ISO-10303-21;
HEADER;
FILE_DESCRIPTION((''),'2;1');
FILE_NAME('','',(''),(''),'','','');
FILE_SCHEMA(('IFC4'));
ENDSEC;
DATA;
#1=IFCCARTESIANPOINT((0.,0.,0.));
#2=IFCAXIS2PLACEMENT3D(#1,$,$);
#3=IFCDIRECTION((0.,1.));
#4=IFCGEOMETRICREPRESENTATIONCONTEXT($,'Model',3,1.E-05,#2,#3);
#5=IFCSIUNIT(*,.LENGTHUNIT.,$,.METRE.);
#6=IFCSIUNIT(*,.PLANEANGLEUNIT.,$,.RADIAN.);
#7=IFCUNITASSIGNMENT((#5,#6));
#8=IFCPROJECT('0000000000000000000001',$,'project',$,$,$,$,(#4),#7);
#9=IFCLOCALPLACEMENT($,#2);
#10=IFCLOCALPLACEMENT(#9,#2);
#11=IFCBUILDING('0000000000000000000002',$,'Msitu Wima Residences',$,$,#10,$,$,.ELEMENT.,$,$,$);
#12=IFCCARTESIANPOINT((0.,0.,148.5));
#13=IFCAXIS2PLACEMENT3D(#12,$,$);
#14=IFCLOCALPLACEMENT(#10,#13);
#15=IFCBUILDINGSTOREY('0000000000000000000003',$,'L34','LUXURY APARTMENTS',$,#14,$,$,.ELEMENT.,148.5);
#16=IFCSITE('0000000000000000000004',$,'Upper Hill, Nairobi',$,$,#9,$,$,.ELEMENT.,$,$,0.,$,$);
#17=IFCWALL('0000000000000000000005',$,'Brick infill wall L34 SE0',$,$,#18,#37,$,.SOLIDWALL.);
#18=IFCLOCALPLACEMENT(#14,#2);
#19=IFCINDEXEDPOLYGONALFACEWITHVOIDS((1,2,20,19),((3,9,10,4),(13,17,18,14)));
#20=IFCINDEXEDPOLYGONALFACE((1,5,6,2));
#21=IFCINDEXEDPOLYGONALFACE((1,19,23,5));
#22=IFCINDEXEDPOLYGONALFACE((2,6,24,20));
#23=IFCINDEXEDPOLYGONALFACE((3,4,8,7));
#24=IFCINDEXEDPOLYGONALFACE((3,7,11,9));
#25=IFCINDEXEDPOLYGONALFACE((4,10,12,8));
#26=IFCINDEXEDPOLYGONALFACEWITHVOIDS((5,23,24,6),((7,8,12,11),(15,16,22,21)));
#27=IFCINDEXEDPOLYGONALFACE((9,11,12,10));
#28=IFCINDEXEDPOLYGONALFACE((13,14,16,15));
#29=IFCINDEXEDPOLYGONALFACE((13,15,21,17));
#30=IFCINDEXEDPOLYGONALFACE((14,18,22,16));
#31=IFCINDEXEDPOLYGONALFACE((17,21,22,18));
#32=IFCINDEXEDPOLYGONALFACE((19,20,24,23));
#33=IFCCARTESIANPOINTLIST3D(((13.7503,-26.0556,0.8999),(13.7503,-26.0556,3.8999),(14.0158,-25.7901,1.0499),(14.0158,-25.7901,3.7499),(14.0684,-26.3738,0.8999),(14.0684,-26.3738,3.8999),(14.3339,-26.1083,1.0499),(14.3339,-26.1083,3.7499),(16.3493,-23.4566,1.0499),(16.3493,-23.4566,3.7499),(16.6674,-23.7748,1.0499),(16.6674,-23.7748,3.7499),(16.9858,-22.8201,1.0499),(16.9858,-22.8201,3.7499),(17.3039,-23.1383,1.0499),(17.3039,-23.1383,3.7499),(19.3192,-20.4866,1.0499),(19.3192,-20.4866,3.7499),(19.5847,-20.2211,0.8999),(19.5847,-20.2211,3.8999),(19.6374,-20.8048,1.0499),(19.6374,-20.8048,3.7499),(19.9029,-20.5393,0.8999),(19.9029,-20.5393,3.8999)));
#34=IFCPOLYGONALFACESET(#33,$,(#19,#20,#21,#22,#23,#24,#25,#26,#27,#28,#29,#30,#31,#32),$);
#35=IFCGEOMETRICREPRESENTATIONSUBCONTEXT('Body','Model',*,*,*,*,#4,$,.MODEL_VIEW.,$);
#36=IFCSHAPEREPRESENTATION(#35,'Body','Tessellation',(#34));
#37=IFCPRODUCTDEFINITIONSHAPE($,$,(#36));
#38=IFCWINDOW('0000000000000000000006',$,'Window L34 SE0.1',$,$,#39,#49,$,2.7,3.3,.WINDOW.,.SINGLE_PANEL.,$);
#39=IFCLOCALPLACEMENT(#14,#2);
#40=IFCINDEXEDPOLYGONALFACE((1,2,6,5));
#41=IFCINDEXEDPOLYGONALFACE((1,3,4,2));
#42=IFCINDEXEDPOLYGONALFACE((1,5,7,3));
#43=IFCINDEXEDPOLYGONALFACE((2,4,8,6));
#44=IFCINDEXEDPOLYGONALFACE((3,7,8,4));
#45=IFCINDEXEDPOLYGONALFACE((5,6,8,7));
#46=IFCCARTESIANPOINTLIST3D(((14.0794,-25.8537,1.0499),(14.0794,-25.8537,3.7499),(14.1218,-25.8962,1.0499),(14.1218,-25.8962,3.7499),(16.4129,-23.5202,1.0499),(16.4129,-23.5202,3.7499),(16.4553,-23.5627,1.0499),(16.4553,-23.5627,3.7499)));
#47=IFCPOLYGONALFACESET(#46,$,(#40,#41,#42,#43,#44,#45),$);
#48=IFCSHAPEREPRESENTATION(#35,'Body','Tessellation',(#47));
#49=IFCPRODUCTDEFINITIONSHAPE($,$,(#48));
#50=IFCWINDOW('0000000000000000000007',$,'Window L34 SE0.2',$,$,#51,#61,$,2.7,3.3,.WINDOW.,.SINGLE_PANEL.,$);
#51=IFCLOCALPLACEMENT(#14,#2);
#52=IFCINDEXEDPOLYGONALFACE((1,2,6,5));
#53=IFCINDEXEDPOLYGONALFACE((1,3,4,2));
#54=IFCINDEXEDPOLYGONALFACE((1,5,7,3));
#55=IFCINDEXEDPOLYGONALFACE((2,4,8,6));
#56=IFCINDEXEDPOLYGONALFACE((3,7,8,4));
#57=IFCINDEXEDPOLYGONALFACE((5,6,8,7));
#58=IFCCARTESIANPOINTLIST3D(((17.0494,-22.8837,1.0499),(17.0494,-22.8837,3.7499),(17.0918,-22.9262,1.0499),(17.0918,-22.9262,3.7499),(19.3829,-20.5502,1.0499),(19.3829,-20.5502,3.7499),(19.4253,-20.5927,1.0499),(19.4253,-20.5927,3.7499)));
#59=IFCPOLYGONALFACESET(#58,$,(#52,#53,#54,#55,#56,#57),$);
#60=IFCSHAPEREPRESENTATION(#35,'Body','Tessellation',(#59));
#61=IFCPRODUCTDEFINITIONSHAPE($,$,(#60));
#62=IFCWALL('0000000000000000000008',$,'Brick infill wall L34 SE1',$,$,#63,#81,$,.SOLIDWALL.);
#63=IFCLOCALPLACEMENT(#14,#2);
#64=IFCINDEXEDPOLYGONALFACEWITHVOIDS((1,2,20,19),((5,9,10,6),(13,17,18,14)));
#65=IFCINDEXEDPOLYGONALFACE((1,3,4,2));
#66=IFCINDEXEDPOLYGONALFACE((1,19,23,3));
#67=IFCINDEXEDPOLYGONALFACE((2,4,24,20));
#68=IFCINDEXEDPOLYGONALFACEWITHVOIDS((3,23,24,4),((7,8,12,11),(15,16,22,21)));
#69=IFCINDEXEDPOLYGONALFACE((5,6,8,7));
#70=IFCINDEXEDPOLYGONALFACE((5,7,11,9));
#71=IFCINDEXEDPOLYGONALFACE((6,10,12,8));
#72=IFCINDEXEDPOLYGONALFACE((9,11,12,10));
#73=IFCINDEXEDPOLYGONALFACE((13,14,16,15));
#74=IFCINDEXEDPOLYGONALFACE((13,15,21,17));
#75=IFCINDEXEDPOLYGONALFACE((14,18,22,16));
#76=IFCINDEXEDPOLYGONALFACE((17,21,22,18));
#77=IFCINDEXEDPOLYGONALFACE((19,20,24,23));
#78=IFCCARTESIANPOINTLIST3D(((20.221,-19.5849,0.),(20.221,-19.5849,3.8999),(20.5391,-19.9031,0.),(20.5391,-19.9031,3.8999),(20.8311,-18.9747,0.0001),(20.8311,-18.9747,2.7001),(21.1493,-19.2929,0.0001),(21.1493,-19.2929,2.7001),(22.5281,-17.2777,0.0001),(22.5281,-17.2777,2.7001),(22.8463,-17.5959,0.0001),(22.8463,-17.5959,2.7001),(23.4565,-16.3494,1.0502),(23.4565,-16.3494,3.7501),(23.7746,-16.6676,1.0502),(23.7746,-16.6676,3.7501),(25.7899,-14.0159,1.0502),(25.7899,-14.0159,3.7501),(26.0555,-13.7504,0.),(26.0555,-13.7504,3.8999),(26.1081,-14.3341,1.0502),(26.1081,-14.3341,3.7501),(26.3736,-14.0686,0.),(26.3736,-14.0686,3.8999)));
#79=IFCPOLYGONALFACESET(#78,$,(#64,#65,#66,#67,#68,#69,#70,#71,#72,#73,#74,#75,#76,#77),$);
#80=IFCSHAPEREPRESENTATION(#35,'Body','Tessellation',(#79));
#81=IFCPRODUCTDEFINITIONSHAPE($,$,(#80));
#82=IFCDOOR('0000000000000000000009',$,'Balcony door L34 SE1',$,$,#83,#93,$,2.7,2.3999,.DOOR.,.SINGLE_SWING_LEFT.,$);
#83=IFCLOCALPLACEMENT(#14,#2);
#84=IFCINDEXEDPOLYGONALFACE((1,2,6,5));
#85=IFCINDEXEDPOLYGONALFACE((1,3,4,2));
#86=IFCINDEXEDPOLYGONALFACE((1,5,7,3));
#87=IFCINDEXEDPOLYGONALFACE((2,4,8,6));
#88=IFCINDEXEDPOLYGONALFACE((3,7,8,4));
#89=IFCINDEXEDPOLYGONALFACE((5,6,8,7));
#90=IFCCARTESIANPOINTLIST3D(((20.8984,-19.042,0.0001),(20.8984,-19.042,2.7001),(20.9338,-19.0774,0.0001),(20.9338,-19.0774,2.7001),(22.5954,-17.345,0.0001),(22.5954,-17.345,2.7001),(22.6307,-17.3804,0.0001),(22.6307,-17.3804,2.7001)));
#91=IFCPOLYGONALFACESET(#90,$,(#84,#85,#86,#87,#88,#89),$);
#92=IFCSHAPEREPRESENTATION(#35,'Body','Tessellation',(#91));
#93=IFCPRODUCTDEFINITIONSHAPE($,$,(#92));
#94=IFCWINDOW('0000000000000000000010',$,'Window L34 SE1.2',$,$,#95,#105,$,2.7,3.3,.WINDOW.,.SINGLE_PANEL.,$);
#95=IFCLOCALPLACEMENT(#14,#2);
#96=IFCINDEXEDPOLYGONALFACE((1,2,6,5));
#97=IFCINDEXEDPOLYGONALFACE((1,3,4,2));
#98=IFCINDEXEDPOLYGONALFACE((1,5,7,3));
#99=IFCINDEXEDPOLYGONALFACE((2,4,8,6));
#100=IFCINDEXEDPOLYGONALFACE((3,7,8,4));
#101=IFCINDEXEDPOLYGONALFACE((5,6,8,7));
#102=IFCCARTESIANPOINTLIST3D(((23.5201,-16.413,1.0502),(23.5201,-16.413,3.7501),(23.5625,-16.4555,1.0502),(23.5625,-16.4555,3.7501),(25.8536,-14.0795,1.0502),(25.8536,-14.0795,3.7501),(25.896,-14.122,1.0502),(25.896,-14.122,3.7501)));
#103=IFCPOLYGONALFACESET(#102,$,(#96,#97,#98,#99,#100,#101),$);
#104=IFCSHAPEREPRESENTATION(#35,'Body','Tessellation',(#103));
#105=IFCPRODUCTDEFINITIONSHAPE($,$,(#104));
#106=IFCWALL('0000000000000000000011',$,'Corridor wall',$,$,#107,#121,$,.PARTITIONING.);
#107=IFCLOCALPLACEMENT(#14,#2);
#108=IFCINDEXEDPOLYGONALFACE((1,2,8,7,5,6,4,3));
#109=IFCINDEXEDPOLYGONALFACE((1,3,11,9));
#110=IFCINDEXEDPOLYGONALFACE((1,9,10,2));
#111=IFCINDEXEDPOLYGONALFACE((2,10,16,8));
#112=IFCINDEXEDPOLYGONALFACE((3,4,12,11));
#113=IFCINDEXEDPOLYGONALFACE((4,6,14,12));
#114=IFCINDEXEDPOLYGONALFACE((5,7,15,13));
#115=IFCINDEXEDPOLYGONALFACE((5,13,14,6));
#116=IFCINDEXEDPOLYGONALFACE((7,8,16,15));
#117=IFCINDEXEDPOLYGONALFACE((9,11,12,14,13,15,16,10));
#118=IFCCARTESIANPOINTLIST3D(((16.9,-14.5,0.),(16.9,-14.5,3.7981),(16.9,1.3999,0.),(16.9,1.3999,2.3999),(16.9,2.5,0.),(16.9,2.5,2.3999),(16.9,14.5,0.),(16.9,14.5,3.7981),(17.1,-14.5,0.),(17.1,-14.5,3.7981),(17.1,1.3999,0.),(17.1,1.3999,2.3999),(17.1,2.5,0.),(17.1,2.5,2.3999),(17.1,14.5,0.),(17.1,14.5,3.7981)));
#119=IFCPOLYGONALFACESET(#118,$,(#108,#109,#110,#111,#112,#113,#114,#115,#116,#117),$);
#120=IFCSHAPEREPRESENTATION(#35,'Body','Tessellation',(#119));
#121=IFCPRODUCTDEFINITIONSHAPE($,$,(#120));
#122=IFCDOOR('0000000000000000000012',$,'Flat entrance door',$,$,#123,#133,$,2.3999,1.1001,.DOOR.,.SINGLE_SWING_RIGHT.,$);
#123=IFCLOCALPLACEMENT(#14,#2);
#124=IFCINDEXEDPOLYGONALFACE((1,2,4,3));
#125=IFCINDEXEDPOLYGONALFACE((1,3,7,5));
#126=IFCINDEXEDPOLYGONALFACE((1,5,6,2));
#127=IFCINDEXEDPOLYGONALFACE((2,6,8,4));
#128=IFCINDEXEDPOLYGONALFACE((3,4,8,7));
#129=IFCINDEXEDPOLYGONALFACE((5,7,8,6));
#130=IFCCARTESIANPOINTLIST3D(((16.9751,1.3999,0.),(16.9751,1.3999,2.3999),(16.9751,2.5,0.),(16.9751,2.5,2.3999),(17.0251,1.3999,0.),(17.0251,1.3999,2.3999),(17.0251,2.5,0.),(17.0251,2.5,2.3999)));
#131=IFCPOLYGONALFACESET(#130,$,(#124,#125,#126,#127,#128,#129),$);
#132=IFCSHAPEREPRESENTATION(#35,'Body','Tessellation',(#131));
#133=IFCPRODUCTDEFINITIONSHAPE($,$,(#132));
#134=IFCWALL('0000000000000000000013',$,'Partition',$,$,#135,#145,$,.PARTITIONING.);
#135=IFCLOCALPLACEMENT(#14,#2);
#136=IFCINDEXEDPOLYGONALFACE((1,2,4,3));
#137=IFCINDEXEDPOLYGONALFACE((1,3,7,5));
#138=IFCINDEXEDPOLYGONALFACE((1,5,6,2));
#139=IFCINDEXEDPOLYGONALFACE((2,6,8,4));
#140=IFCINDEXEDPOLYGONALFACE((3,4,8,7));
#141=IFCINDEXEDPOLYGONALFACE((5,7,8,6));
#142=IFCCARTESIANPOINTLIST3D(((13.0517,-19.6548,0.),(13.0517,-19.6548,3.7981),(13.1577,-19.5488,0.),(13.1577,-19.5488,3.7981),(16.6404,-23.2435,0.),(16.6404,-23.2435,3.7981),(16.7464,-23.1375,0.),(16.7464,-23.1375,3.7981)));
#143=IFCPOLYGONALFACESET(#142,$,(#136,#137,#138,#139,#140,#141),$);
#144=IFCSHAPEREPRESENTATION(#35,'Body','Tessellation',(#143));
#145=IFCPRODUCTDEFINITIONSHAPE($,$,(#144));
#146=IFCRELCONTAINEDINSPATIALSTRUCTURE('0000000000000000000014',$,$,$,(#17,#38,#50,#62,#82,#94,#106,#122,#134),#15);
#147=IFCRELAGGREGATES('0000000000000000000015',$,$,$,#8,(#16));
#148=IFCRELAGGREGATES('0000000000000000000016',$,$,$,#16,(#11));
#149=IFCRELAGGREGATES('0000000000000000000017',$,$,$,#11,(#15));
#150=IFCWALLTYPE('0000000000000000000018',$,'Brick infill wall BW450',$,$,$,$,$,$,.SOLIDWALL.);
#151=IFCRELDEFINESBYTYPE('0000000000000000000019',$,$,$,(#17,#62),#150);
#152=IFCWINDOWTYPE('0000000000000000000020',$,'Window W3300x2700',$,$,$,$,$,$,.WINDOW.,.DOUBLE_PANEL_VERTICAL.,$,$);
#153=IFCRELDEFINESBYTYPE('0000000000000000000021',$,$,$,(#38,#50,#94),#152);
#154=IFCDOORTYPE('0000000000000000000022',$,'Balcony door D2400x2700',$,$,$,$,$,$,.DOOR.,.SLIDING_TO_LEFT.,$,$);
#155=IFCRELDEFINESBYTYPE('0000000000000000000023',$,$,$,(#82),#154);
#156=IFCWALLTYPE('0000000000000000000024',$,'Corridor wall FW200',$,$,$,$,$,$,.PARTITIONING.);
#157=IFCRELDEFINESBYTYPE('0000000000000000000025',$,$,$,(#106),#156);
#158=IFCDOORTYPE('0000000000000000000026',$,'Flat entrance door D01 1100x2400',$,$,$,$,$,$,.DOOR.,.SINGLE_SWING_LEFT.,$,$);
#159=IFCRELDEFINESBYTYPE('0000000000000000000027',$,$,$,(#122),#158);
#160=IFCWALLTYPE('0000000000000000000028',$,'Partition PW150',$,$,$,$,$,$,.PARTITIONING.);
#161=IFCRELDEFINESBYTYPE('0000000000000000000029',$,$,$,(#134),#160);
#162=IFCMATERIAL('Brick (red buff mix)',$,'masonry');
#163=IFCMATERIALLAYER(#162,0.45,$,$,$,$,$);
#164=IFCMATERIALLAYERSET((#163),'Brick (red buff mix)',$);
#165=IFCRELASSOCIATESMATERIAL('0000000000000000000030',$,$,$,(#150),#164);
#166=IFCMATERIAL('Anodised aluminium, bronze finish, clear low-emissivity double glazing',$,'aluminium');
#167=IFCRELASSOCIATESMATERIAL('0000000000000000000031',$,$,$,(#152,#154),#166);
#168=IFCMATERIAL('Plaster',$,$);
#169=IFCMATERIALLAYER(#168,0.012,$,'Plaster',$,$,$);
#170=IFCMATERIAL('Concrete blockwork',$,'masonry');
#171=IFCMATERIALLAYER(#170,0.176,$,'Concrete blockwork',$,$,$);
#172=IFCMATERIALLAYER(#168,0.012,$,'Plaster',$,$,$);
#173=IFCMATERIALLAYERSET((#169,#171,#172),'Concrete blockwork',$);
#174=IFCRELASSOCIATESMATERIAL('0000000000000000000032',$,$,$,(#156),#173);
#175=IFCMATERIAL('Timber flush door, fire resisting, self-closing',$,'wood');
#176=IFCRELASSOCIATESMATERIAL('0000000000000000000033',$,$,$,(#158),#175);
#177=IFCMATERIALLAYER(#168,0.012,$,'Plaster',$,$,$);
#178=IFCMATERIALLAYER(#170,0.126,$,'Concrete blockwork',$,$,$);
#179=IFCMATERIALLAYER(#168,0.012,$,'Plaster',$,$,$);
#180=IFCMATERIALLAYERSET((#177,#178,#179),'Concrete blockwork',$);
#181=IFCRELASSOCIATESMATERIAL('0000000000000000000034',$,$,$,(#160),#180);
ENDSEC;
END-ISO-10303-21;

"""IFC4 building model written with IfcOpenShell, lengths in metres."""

from ifc_helpers import new_model, si_unit, direction, frame, frame_2d, origin, place, context, subcontext, project, spatial, rectangle, extrude, material, layer, layer_set, type_object, element, fill, save


model = new_model("IFC4")

# Units and contexts
model_context = context("Model", 3, precision=1e-05, world=origin(), true_north=direction((0.0, 1.0)))
body_context = subcontext(model_context, "Body", "Model", "MODEL_VIEW")
ifc_project = project(units=[si_unit("LENGTHUNIT", "METRE"), si_unit("PLANEANGLEUNIT", "RADIAN")], contexts=[model_context])

# Site, building, storey
site_placement = place(None, origin())
site = spatial("IfcSite", under=ifc_project, at=site_placement, Name="Upper Hill, Nairobi", CompositionType="ELEMENT", RefElevation=0.0)
building_placement = place(site_placement, origin())
building = spatial("IfcBuilding", under=site, at=building_placement, Name="Msitu Wima Residences", CompositionType="ELEMENT")
storey_placement = place(building_placement, frame((0.0, 0.0, 148.5)))
storey = spatial("IfcBuildingStorey", under=building, at=storey_placement, Name="L34", Description="LUXURY APARTMENTS", CompositionType="ELEMENT", Elevation=148.5)

# Wall, openings, windows
ifc_material_1 = material(Name="Brick (red buff mix)", Category="masonry")
ifc_layer_1 = layer(ifc_material_1, 0.45)
ifc_layer_set_1 = layer_set([ifc_layer_1], Name="Brick (red buff mix)")
wall_type_1 = type_object("IfcWallType", Name="Brick infill wall BW450", PredefinedType="SOLIDWALL", material=ifc_layer_set_1)
wall_1_placement = place(storey_placement, frame((13.9094, -26.2146, 0.8999), z_axis=(0.0, 0.0, 1.0), x_axis=(0.707107, 0.707107, 0.0)))
wall_1 = element("IfcWall", 1, at=wall_1_placement, inside=storey, type_object=wall_type_1, Name="Brick infill wall L34 SE0", PredefinedType="SOLIDWALL", context=body_context, shape_type="SweptSolid", body=[
    extrude(rectangle(XDim=8.2512, YDim=0.45, at=frame_2d((4.1255, 0.0))), origin(), (0.0, 0.0, 1.0), 3.0),
])
opening_1_placement = place(wall_1_placement, frame((0.3755, 0.0, 0.1499)))
opening_1 = element("IfcOpeningElement", 2, at=opening_1_placement, cuts=wall_1, PredefinedType="OPENING", context=body_context, shape_type="SweptSolid", body=[
    extrude(rectangle(XDim=3.3, YDim=2.7, at=frame_2d((1.6499, 1.3501))), frame((0.0, 0.2349, 0.0), z_axis=(0.0, -1.0, 0.0), x_axis=(1.0, 0.0, 0.0)), (0.0, 0.0, 1.0), 0.47),
])
opening_2_placement = place(wall_1_placement, frame((4.5757, 0.0, 0.1499)))
opening_2 = element("IfcOpeningElement", 3, at=opening_2_placement, cuts=wall_1, PredefinedType="OPENING", context=body_context, shape_type="SweptSolid", body=[
    extrude(rectangle(XDim=3.3, YDim=2.7, at=frame_2d((1.6499, 1.3501))), frame((0.0, 0.2349, 0.0), z_axis=(0.0, -1.0, 0.0), x_axis=(1.0, 0.0, 0.0)), (0.0, 0.0, 1.0), 0.47),
])
ifc_material_2 = material(Name="Anodised aluminium, bronze finish, clear low-emissivity double glazing", Category="aluminium")
window_type = type_object("IfcWindowType", Name="Window W3300x2700", PartitioningType="DOUBLE_PANEL_VERTICAL", PredefinedType="WINDOW", material=ifc_material_2)
window_1_placement = place(opening_1_placement, origin())
window_1 = element("IfcWindow", 4, at=window_1_placement, inside=storey, type_object=window_type, Name="Window L34 SE0.1", OverallHeight=2.7, OverallWidth=3.3, PartitioningType="SINGLE_PANEL", PredefinedType="WINDOW", context=body_context, shape_type="SweptSolid", body=[
    extrude(rectangle(XDim=3.3, YDim=2.7, at=frame_2d((1.6499, 1.3501))), frame((0.0, 0.135, 0.0), z_axis=(0.0, -1.0, 0.0), x_axis=(1.0, 0.0, 0.0)), (0.0, 0.0, 1.0), 0.0601),
])
fill(opening_1, window_1)
window_2_placement = place(opening_2_placement, origin())
window_2 = element("IfcWindow", 5, at=window_2_placement, inside=storey, type_object=window_type, Name="Window L34 SE0.2", OverallHeight=2.7, OverallWidth=3.3, PartitioningType="SINGLE_PANEL", PredefinedType="WINDOW", context=body_context, shape_type="SweptSolid", body=[
    extrude(rectangle(XDim=3.3, YDim=2.7, at=frame_2d((1.6499, 1.3501))), frame((0.0, 0.135, 0.0), z_axis=(0.0, -1.0, 0.0), x_axis=(1.0, 0.0, 0.0)), (0.0, 0.0, 1.0), 0.0601),
])
fill(opening_2, window_2)

# Wall, openings, door, window
wall_2_placement = place(storey_placement, frame((20.3801, -19.7439, 0.0), z_axis=(0.0, 0.0, 1.0), x_axis=(0.707107, 0.707107, 0.0)))
wall_2 = element("IfcWall", 6, at=wall_2_placement, inside=storey, type_object=wall_type_1, Name="Brick infill wall L34 SE1", PredefinedType="SOLIDWALL", context=body_context, shape_type="SweptSolid", body=[
    extrude(rectangle(XDim=8.2512, YDim=0.45, at=frame_2d((4.1255, 0.0))), origin(), (0.0, 0.0, 1.0), 3.8999),
])
opening_3_placement = place(wall_2_placement, frame((0.8628, 0.0, 0.0)))
opening_3 = element("IfcOpeningElement", 7, at=opening_3_placement, cuts=wall_2, PredefinedType="OPENING", context=body_context, shape_type="SweptSolid", body=[
    extrude(rectangle(XDim=2.3999, YDim=2.7, at=frame_2d((1.2, 1.3501))), frame((0.0, 0.2349, 0.0), z_axis=(0.0, -1.0, 0.0), x_axis=(1.0, 0.0, 0.0)), (0.0, 0.0, 1.0), 0.47),
])
opening_4_placement = place(wall_2_placement, frame((4.5757, 0.0, 1.05)))
opening_4 = element("IfcOpeningElement", 8, at=opening_4_placement, cuts=wall_2, PredefinedType="OPENING", context=body_context, shape_type="SweptSolid", body=[
    extrude(rectangle(XDim=3.3, YDim=2.7, at=frame_2d((1.6499, 1.3501))), frame((0.0, 0.2349, 0.0), z_axis=(0.0, -1.0, 0.0), x_axis=(1.0, 0.0, 0.0)), (0.0, 0.0, 1.0), 0.47),
])
door_type_1 = type_object("IfcDoorType", Name="Balcony door D2400x2700", OperationType="SLIDING_TO_LEFT", PredefinedType="DOOR", material=ifc_material_2)
door_1_placement = place(opening_3_placement, origin())
door_1 = element("IfcDoor", 9, at=door_1_placement, inside=storey, type_object=door_type_1, Name="Balcony door L34 SE1", OperationType="SINGLE_SWING_LEFT", OverallHeight=2.7, OverallWidth=2.3999, PredefinedType="DOOR", context=body_context, shape_type="SweptSolid", body=[
    extrude(rectangle(XDim=2.3999, YDim=2.7, at=frame_2d((1.2, 1.3501))), frame((0.0, 0.1299, 0.0), z_axis=(0.0, -1.0, 0.0), x_axis=(1.0, 0.0, 0.0)), (0.0, 0.0, 1.0), 0.05),
])
fill(opening_3, door_1)
window_3_placement = place(opening_4_placement, origin())
window_3 = element("IfcWindow", 10, at=window_3_placement, inside=storey, type_object=window_type, Name="Window L34 SE1.2", OverallHeight=2.7, OverallWidth=3.3, PartitioningType="SINGLE_PANEL", PredefinedType="WINDOW", context=body_context, shape_type="SweptSolid", body=[
    extrude(rectangle(XDim=3.3, YDim=2.7, at=frame_2d((1.6499, 1.3501))), frame((0.0, 0.135, 0.0), z_axis=(0.0, -1.0, 0.0), x_axis=(1.0, 0.0, 0.0)), (0.0, 0.0, 1.0), 0.0601),
])
fill(opening_4, window_3)

# Wall, opening, door
ifc_material_3 = material(Name="Plaster")
ifc_layer_2 = layer(ifc_material_3, 0.012, Name="Plaster")
ifc_material_4 = material(Name="Concrete blockwork", Category="masonry")
ifc_layer_3 = layer(ifc_material_4, 0.176, Name="Concrete blockwork")
ifc_layer_4 = layer(ifc_material_3, 0.012, Name="Plaster")
ifc_layer_set_2 = layer_set([ifc_layer_2, ifc_layer_3, ifc_layer_4], Name="Concrete blockwork")
wall_type_2 = type_object("IfcWallType", Name="Corridor wall FW200", PredefinedType="PARTITIONING", material=ifc_layer_set_2)
wall_3_placement = place(storey_placement, frame((17.0, -14.5, 0.0), z_axis=(0.0, 0.0, 1.0), x_axis=(0.0, 1.0, 0.0)))
wall_3 = element("IfcWall", 11, at=wall_3_placement, inside=storey, type_object=wall_type_2, Name="Corridor wall", PredefinedType="PARTITIONING", context=body_context, shape_type="SweptSolid", body=[
    extrude(rectangle(XDim=29.0, YDim=0.2, at=frame_2d((14.5, 0.0))), origin(), (0.0, 0.0, 1.0), 3.7981),
])
opening_5_placement = place(wall_3_placement, frame((15.8999, 0.0, 0.0)))
opening_5 = element("IfcOpeningElement", 12, at=opening_5_placement, cuts=wall_3, PredefinedType="OPENING", context=body_context, shape_type="SweptSolid", body=[
    extrude(rectangle(XDim=1.1001, YDim=2.3999, at=frame_2d((0.55, 1.2))), frame((0.0, 0.1099, 0.0), z_axis=(0.0, -1.0, 0.0), x_axis=(1.0, 0.0, 0.0)), (0.0, 0.0, 1.0), 0.22),
])
ifc_material_5 = material(Name="Timber flush door, fire resisting, self-closing", Category="wood")
door_type_2 = type_object("IfcDoorType", Name="Flat entrance door D01 1100x2400", OperationType="SINGLE_SWING_LEFT", PredefinedType="DOOR", material=ifc_material_5)
door_2_placement = place(opening_5_placement, origin())
door_2 = element("IfcDoor", 13, at=door_2_placement, inside=storey, type_object=door_type_2, Name="Flat entrance door", OperationType="SINGLE_SWING_RIGHT", OverallHeight=2.3999, OverallWidth=1.1001, PredefinedType="DOOR", context=body_context, shape_type="SweptSolid", body=[
    extrude(rectangle(XDim=1.1001, YDim=2.3999, at=frame_2d((0.55, 1.2))), frame((0.0, 0.0249, 0.0), z_axis=(0.0, -1.0, 0.0), x_axis=(1.0, 0.0, 0.0)), (0.0, 0.0, 1.0), 0.05),
])
fill(opening_5, door_2)

# Wall
ifc_layer_5 = layer(ifc_material_3, 0.012, Name="Plaster")
ifc_layer_6 = layer(ifc_material_4, 0.126, Name="Concrete blockwork")
ifc_layer_7 = layer(ifc_material_3, 0.012, Name="Plaster")
ifc_layer_set_3 = layer_set([ifc_layer_5, ifc_layer_6, ifc_layer_7], Name="Concrete blockwork")
wall_type_3 = type_object("IfcWallType", Name="Partition PW150", PredefinedType="PARTITIONING", material=ifc_layer_set_3)
wall_4_placement = place(storey_placement, frame((13.1047, -19.6018, 0.0), z_axis=(0.0, 0.0, 1.0), x_axis=(0.707107, -0.707107, 0.0)))
element("IfcWall", 14, at=wall_4_placement, inside=storey, type_object=wall_type_3, Name="Partition", PredefinedType="PARTITIONING", context=body_context, shape_type="SweptSolid", body=[
    extrude(rectangle(XDim=5.0752, YDim=0.1499, at=frame_2d((2.5376, 0.0))), origin(), (0.0, 0.0, 1.0), 3.7981),
])

save(model, "model.ifc")
